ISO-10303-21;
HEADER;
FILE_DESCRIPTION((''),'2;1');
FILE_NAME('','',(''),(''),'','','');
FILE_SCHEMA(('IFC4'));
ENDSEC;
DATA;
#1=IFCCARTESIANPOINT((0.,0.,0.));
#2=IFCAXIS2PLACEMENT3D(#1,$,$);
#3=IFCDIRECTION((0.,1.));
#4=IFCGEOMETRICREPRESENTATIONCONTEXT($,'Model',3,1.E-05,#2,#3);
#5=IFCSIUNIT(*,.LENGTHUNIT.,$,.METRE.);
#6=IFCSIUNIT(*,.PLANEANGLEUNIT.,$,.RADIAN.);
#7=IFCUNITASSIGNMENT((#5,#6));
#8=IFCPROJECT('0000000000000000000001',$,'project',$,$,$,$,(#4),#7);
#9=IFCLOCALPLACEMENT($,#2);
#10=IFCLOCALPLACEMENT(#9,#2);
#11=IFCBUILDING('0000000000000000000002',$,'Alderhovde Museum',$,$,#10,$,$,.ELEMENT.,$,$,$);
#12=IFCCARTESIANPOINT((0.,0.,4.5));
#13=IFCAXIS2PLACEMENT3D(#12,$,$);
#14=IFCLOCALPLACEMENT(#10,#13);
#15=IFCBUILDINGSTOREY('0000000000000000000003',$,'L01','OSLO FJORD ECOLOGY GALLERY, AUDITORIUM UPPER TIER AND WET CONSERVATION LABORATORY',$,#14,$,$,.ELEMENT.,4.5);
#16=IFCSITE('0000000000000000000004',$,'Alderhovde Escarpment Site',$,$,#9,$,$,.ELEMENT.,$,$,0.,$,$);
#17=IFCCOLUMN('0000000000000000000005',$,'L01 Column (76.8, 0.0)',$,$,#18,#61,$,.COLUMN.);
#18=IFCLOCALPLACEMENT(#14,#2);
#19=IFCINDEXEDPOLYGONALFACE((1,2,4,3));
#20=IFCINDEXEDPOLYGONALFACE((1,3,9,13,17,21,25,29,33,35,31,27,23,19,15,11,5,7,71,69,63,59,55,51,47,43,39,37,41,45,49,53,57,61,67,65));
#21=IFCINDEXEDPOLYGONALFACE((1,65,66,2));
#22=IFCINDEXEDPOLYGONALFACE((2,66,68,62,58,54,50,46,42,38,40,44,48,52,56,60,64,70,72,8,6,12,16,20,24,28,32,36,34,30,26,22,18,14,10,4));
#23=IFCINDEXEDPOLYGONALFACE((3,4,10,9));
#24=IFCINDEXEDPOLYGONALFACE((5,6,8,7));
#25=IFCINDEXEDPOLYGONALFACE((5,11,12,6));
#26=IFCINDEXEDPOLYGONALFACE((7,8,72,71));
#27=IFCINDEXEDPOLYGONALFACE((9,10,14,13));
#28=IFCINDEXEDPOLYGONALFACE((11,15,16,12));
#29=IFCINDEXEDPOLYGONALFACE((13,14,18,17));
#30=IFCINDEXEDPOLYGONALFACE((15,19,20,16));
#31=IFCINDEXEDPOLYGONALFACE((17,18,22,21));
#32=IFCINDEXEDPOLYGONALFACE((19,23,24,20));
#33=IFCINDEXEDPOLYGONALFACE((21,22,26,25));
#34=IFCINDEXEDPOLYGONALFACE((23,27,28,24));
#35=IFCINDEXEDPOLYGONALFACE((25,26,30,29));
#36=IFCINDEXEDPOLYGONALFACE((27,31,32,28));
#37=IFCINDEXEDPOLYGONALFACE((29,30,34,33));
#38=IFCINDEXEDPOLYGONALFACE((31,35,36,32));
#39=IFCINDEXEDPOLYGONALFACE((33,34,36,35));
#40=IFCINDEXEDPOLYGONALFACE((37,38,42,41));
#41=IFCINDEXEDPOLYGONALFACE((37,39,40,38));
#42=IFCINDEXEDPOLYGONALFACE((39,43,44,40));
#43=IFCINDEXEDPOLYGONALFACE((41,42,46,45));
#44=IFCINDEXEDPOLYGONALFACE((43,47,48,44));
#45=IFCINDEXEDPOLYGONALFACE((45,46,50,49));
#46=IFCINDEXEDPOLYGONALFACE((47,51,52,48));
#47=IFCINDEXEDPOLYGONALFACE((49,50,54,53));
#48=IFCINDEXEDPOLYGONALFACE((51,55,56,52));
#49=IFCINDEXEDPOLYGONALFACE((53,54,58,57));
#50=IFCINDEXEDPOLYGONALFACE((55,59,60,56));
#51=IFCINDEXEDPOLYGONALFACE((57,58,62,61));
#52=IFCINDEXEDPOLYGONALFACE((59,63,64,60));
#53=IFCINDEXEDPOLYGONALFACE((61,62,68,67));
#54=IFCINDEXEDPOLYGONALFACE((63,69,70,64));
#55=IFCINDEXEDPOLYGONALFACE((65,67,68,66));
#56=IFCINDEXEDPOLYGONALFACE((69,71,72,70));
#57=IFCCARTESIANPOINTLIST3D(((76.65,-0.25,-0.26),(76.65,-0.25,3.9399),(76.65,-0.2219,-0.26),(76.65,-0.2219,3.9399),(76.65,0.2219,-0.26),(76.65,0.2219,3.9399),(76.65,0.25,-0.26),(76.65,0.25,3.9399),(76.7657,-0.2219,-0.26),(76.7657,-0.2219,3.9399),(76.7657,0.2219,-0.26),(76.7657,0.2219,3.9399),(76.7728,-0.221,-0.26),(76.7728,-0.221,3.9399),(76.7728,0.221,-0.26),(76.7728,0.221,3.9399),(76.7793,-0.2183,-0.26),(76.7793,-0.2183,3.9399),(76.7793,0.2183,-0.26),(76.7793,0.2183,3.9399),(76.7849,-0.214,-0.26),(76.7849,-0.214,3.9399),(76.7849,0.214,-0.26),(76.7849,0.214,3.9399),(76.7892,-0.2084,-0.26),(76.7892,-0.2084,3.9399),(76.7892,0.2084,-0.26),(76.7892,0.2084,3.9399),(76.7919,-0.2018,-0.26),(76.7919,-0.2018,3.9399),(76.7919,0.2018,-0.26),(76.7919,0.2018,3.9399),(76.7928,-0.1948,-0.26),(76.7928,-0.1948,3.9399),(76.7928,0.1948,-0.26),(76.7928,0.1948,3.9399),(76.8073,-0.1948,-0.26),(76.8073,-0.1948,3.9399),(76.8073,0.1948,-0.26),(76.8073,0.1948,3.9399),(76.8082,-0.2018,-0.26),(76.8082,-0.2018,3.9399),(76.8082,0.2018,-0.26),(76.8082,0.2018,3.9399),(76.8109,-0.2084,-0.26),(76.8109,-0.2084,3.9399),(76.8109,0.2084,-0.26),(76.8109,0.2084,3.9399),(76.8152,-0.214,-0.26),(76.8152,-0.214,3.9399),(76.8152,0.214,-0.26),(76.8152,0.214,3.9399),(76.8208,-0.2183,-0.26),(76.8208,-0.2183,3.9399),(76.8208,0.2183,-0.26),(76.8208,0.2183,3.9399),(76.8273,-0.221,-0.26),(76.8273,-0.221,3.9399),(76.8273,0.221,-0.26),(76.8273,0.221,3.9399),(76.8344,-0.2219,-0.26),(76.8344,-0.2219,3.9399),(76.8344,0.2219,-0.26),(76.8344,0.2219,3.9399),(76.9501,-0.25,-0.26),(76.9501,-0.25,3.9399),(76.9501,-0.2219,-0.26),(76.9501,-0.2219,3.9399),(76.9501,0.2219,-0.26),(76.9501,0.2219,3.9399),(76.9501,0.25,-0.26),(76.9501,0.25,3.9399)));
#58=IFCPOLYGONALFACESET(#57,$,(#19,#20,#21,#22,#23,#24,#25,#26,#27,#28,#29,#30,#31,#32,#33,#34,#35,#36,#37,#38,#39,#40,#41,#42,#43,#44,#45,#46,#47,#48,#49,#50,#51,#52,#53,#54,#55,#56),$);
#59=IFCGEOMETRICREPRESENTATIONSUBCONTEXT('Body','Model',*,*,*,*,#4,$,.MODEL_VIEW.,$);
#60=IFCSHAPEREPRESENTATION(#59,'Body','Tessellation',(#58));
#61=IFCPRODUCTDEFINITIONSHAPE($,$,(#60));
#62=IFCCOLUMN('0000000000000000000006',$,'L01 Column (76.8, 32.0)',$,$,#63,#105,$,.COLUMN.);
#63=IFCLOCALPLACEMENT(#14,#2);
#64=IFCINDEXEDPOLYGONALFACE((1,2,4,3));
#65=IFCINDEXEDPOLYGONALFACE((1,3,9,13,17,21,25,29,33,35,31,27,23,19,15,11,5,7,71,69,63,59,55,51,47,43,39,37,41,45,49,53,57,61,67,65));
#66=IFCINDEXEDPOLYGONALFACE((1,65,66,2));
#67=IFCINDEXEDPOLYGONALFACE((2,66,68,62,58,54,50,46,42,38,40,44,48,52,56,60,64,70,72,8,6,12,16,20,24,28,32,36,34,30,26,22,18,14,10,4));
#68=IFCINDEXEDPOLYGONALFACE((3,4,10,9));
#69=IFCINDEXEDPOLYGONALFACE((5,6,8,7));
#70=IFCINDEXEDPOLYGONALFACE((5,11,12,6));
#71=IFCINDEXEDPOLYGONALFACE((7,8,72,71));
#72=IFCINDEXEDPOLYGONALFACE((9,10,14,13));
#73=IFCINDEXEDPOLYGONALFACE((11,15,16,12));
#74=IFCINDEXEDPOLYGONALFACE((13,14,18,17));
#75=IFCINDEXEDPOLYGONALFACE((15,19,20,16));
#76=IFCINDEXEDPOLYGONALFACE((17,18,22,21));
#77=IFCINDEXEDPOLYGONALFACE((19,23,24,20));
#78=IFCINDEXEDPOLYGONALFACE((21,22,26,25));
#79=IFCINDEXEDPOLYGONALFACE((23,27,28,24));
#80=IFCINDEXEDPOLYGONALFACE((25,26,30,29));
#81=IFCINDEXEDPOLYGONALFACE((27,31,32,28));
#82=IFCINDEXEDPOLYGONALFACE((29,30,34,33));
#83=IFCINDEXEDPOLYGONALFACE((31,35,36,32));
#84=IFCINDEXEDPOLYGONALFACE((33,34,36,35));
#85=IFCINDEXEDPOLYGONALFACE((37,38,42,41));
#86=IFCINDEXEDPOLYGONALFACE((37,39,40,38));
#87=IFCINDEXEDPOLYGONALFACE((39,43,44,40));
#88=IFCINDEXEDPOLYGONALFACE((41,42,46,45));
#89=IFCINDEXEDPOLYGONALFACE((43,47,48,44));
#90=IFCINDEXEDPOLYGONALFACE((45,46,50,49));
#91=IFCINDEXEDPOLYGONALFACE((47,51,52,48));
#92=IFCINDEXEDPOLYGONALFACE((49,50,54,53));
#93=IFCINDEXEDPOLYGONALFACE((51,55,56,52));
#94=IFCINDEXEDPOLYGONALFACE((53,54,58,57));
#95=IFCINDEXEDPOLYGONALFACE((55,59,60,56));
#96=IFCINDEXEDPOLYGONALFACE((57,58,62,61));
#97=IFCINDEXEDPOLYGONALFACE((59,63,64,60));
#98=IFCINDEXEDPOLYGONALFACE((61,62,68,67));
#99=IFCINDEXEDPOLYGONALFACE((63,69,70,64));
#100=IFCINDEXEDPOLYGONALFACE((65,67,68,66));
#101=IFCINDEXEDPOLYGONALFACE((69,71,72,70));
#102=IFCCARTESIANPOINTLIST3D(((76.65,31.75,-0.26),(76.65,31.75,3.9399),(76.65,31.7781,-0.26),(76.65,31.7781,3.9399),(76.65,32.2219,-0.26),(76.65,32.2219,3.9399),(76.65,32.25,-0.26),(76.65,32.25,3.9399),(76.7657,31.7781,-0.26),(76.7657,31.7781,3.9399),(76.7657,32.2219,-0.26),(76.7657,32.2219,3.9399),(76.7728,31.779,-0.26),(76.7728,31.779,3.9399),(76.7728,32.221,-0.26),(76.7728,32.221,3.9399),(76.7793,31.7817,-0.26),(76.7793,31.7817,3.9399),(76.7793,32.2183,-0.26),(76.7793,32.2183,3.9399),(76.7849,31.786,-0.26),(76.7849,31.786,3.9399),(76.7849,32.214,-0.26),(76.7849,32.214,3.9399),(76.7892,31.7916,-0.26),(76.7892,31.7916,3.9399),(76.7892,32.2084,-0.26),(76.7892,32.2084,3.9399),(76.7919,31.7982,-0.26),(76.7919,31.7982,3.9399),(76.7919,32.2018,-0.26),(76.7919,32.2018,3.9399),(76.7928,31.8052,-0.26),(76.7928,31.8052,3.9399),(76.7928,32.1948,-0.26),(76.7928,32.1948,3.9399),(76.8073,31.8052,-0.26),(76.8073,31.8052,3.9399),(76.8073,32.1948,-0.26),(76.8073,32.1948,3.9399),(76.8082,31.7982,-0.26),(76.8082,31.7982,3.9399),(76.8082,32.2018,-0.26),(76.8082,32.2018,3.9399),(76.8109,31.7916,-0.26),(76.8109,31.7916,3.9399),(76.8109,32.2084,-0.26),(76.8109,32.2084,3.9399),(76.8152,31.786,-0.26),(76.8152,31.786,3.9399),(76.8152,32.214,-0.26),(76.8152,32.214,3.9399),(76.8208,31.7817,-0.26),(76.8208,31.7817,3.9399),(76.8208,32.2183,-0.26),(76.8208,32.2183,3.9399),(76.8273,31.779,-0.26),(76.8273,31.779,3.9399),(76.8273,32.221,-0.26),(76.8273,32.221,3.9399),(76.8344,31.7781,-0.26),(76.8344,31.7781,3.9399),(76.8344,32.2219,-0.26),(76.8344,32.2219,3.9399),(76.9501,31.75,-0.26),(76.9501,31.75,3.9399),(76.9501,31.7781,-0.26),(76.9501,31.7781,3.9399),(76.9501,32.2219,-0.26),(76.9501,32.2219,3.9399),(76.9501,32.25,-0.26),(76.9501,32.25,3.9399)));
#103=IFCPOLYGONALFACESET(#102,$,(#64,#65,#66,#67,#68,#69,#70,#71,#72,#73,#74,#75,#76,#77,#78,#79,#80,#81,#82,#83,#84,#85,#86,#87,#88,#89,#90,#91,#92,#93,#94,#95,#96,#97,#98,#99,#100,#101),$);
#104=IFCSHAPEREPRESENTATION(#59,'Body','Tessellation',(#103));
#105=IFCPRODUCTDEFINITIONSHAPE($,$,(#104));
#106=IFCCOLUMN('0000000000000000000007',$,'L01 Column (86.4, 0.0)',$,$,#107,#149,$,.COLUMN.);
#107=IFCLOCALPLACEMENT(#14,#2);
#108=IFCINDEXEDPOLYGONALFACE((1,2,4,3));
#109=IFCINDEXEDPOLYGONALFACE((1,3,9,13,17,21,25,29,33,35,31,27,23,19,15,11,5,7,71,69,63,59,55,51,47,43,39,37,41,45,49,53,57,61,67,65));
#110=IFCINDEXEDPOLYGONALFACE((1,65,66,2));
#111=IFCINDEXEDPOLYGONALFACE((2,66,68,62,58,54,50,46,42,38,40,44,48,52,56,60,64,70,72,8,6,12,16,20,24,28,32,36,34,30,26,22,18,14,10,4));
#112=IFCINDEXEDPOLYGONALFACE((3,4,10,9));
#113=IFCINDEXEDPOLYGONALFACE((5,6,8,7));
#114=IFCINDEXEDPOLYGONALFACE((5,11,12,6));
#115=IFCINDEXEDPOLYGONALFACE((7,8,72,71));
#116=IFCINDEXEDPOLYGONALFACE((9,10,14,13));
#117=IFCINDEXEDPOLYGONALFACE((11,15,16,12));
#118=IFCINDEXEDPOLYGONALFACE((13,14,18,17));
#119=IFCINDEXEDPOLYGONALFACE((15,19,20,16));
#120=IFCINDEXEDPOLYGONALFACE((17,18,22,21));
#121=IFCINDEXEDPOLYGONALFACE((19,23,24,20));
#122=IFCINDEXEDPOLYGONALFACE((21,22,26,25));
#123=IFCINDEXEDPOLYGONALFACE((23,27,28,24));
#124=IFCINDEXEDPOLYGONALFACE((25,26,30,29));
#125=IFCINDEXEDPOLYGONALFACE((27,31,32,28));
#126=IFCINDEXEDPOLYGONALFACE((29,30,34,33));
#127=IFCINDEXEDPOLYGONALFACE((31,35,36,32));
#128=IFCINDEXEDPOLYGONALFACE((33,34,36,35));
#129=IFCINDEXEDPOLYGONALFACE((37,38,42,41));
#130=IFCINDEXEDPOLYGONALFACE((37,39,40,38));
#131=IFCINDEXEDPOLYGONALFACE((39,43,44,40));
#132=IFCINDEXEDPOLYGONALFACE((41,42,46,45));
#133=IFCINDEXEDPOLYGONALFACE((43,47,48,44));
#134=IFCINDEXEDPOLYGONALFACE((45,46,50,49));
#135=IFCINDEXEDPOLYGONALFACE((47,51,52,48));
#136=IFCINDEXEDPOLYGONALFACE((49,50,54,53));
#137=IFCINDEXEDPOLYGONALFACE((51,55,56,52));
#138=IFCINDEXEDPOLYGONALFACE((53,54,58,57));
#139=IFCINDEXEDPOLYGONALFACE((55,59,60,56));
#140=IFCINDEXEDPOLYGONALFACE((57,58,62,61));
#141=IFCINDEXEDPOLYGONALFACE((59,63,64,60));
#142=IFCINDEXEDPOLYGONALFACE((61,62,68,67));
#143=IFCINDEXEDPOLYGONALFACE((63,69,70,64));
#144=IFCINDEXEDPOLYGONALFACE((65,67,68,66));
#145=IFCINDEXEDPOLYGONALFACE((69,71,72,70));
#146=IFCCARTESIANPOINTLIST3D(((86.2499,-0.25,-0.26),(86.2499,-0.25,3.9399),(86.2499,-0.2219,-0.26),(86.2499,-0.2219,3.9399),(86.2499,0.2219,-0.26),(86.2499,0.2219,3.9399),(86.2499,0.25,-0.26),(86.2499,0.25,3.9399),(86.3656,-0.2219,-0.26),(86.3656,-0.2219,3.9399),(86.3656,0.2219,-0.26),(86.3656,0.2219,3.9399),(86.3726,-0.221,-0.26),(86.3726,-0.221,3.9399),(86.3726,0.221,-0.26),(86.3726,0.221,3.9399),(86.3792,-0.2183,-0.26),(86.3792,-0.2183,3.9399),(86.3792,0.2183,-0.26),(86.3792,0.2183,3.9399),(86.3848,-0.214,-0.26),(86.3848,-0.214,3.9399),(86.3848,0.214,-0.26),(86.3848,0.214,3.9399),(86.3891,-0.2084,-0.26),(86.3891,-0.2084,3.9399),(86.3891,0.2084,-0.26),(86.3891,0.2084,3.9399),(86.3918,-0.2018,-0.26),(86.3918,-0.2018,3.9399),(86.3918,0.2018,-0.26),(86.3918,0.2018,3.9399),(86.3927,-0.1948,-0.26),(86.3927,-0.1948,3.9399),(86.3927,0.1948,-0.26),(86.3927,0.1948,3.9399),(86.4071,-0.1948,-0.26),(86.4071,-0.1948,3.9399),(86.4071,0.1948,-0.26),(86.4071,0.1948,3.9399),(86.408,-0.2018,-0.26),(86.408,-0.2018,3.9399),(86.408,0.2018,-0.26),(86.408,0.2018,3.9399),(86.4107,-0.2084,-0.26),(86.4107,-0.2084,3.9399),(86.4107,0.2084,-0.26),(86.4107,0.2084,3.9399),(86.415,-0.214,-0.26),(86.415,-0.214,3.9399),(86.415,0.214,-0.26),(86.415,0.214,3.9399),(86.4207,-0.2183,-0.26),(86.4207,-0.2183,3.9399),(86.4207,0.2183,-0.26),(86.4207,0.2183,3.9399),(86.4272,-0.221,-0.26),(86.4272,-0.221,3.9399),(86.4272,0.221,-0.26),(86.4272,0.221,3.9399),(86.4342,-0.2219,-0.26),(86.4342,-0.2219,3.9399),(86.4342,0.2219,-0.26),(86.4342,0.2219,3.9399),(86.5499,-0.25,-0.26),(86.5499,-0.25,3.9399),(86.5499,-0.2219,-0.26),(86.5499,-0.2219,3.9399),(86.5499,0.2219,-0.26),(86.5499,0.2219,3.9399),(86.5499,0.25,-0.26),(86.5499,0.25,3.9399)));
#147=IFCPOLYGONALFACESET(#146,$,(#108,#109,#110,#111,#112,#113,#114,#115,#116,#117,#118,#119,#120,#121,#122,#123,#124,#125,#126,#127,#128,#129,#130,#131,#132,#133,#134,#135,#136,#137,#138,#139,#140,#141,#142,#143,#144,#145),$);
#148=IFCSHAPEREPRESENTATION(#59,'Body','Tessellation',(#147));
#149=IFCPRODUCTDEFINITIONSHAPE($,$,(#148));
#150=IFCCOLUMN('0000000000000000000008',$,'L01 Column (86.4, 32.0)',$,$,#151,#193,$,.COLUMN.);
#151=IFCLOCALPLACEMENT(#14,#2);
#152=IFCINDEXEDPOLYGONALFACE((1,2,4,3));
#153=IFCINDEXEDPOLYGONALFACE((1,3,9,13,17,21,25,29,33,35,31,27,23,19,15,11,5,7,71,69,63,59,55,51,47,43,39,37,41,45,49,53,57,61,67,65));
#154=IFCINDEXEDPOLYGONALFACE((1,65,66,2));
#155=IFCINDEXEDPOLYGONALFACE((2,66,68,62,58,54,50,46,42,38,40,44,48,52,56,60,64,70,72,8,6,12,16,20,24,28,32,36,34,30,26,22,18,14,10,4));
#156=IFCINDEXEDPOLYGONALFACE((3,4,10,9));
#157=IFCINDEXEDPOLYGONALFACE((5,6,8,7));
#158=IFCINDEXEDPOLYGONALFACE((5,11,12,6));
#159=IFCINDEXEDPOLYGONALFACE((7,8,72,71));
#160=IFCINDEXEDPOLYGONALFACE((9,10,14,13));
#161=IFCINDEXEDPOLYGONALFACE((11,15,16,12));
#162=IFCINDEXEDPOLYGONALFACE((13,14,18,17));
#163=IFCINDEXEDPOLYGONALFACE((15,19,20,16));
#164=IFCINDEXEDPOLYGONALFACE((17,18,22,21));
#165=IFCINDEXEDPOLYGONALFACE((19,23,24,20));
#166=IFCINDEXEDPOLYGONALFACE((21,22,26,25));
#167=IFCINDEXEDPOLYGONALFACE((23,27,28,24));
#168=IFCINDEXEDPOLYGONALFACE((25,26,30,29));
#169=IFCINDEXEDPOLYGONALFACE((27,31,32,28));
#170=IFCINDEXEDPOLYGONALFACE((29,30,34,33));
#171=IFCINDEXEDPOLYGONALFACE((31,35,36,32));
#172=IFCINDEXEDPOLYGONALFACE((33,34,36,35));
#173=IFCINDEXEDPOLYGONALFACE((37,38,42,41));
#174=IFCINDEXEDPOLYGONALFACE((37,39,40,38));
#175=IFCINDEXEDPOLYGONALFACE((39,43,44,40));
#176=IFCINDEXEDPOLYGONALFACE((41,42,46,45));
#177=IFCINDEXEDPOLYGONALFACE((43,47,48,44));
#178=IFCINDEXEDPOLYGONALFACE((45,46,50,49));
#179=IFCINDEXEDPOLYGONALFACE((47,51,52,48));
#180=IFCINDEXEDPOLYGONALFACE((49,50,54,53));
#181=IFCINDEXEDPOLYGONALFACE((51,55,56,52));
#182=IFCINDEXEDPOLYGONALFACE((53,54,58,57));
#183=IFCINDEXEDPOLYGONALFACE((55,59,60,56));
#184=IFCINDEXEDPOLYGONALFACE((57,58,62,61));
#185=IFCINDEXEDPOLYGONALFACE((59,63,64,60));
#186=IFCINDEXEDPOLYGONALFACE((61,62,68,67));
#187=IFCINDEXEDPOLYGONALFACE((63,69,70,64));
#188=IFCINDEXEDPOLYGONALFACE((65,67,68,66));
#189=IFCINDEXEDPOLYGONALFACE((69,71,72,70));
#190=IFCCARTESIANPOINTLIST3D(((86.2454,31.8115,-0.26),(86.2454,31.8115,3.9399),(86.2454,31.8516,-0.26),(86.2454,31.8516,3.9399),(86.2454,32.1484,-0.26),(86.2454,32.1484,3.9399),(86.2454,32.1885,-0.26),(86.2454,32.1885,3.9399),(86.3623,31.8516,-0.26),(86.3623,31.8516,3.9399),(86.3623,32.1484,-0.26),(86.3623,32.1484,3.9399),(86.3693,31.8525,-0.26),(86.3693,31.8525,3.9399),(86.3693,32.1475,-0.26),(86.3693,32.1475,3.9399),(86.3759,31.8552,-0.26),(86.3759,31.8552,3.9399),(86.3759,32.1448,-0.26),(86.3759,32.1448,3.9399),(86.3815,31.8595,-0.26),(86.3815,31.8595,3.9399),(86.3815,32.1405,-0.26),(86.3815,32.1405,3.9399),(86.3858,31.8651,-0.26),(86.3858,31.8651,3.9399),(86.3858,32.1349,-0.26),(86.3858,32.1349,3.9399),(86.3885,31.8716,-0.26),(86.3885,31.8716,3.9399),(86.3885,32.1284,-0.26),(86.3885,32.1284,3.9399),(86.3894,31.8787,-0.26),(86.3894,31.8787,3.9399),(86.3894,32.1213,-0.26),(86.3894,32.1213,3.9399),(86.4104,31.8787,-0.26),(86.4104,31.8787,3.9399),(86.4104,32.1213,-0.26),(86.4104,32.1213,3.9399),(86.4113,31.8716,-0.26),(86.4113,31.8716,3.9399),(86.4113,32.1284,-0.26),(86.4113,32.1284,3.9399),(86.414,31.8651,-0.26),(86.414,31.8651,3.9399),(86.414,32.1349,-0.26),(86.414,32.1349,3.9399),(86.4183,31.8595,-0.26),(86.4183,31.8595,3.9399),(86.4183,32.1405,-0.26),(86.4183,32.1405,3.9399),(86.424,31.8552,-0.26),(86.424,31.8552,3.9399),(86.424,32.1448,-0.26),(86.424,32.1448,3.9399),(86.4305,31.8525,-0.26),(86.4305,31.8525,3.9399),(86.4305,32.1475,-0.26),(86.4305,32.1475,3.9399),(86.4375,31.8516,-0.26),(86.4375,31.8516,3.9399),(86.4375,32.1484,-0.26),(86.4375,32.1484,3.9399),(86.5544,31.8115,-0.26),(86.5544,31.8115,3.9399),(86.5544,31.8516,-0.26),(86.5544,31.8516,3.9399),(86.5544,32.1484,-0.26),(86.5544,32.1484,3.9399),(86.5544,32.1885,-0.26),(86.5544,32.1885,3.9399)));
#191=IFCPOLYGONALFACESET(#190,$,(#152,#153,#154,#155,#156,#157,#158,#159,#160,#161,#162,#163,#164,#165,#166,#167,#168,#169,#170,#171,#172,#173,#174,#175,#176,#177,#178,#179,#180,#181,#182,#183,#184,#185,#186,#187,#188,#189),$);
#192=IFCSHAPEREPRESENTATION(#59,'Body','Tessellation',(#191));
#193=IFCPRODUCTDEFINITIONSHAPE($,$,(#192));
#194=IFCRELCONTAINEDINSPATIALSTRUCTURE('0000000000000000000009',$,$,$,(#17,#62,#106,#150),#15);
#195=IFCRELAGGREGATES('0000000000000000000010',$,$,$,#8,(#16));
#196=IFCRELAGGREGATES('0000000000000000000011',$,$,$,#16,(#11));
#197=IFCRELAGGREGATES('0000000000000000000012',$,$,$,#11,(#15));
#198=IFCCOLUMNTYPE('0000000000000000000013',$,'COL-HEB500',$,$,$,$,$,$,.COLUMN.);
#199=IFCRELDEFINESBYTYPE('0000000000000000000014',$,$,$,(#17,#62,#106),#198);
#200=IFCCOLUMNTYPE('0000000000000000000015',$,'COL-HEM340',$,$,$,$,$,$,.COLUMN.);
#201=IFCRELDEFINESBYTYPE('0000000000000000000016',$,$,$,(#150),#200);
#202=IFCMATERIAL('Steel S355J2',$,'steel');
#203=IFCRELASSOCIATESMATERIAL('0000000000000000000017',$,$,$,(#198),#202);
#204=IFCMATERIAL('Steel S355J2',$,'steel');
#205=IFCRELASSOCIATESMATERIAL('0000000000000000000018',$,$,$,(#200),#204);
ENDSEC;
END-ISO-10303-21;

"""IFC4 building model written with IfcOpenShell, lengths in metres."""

from ifc_helpers import new_model, si_unit, direction, frame, origin, origin_2d, place, context, subcontext, project, spatial, i_section, extrude, material, material_profile, profile_set, type_object, element, save


model = new_model("IFC4")

# Units and contexts
model_context = context("Model", 3, precision=1e-05, world=origin(), true_north=direction((0.0, 1.0)))
body_context = subcontext(model_context, "Body", "Model", "MODEL_VIEW")
ifc_project = project(units=[si_unit("LENGTHUNIT", "METRE"), si_unit("PLANEANGLEUNIT", "RADIAN")], contexts=[model_context])

# Site, building, storey
site_placement = place(None, origin())
site = spatial("IfcSite", under=ifc_project, at=site_placement, Name="Alderhovde Escarpment Site", CompositionType="ELEMENT", RefElevation=0.0)
building_placement = place(site_placement, origin())
building = spatial("IfcBuilding", under=site, at=building_placement, Name="Alderhovde Museum", CompositionType="ELEMENT")
storey_placement = place(building_placement, frame((0.0, 0.0, 4.5)))
storey = spatial("IfcBuildingStorey", under=building, at=storey_placement, Name="L01", Description="OSLO FJORD ECOLOGY GALLERY, AUDITORIUM UPPER TIER AND WET CONSERVATION LABORATORY", CompositionType="ELEMENT", Elevation=4.5)

# Columns
ifc_material_1 = material(Name="Steel S355J2", Category="steel")
ifc_material_profile_1 = material_profile(ifc_material_1, i_section(OverallWidth=0.3, OverallDepth=0.5, WebThickness=0.0144, FlangeThickness=0.0281, FilletRadius=0.0271, at=origin_2d()), Name="HEB 500")
ifc_profile_set_1 = profile_set([ifc_material_profile_1], Name="Steel S355J2")
column_type_1 = type_object("IfcColumnType", Name="COL-HEB500", PredefinedType="COLUMN", material=ifc_profile_set_1)
for number, where, z_axis, x_axis, name in (
    (1, (76.8, 0.0, -0.26), (0.0, 0.0, 1.0), (1.0, 0.0, 0.0), "L01 Column (76.8, 0.0)"),
    (2, (76.8, 32.0, -0.26), (0.0, 0.0, 1.0), (1.0, 0.0, 0.0), "L01 Column (76.8, 32.0)"),
    (3, (86.3999, 0.0, -0.26), (0.0, 0.0, 1.0), (1.0, 0.0, 0.0), "L01 Column (86.4, 0.0)"),
):
    element("IfcColumn", number, at=place(storey_placement, frame(where, z_axis=z_axis, x_axis=x_axis)), inside=storey, type_object=column_type_1, Name=name, PredefinedType="COLUMN", context=body_context, shape_type="SweptSolid", body=[
        extrude(i_section(OverallWidth=0.3, OverallDepth=0.5, WebThickness=0.0144, FlangeThickness=0.0281, FilletRadius=0.0271, at=origin_2d()), origin(), (0.0, 0.0, 1.0), 4.2),
    ])
ifc_material_2 = material(Name="Steel S355J2", Category="steel")
ifc_material_profile_2 = material_profile(ifc_material_2, i_section(OverallWidth=0.3091, OverallDepth=0.377, WebThickness=0.021, FlangeThickness=0.04, FilletRadius=0.0271, at=origin_2d()), Name="HEM 340")
ifc_profile_set_2 = profile_set([ifc_material_profile_2], Name="Steel S355J2")
column_type_2 = type_object("IfcColumnType", Name="COL-HEM340", PredefinedType="COLUMN", material=ifc_profile_set_2)
column_1_placement = place(storey_placement, frame((86.3999, 32.0, -0.26), z_axis=(0.0, 0.0, 1.0), x_axis=(1.0, 0.0, 0.0)))
element("IfcColumn", 4, at=column_1_placement, inside=storey, type_object=column_type_2, Name="L01 Column (86.4, 32.0)", PredefinedType="COLUMN", context=body_context, shape_type="SweptSolid", body=[
    extrude(i_section(OverallWidth=0.3091, OverallDepth=0.377, WebThickness=0.021, FlangeThickness=0.04, FilletRadius=0.0271, at=origin_2d()), origin(), (0.0, 0.0, 1.0), 4.2),
])

save(model, "model.ifc")
